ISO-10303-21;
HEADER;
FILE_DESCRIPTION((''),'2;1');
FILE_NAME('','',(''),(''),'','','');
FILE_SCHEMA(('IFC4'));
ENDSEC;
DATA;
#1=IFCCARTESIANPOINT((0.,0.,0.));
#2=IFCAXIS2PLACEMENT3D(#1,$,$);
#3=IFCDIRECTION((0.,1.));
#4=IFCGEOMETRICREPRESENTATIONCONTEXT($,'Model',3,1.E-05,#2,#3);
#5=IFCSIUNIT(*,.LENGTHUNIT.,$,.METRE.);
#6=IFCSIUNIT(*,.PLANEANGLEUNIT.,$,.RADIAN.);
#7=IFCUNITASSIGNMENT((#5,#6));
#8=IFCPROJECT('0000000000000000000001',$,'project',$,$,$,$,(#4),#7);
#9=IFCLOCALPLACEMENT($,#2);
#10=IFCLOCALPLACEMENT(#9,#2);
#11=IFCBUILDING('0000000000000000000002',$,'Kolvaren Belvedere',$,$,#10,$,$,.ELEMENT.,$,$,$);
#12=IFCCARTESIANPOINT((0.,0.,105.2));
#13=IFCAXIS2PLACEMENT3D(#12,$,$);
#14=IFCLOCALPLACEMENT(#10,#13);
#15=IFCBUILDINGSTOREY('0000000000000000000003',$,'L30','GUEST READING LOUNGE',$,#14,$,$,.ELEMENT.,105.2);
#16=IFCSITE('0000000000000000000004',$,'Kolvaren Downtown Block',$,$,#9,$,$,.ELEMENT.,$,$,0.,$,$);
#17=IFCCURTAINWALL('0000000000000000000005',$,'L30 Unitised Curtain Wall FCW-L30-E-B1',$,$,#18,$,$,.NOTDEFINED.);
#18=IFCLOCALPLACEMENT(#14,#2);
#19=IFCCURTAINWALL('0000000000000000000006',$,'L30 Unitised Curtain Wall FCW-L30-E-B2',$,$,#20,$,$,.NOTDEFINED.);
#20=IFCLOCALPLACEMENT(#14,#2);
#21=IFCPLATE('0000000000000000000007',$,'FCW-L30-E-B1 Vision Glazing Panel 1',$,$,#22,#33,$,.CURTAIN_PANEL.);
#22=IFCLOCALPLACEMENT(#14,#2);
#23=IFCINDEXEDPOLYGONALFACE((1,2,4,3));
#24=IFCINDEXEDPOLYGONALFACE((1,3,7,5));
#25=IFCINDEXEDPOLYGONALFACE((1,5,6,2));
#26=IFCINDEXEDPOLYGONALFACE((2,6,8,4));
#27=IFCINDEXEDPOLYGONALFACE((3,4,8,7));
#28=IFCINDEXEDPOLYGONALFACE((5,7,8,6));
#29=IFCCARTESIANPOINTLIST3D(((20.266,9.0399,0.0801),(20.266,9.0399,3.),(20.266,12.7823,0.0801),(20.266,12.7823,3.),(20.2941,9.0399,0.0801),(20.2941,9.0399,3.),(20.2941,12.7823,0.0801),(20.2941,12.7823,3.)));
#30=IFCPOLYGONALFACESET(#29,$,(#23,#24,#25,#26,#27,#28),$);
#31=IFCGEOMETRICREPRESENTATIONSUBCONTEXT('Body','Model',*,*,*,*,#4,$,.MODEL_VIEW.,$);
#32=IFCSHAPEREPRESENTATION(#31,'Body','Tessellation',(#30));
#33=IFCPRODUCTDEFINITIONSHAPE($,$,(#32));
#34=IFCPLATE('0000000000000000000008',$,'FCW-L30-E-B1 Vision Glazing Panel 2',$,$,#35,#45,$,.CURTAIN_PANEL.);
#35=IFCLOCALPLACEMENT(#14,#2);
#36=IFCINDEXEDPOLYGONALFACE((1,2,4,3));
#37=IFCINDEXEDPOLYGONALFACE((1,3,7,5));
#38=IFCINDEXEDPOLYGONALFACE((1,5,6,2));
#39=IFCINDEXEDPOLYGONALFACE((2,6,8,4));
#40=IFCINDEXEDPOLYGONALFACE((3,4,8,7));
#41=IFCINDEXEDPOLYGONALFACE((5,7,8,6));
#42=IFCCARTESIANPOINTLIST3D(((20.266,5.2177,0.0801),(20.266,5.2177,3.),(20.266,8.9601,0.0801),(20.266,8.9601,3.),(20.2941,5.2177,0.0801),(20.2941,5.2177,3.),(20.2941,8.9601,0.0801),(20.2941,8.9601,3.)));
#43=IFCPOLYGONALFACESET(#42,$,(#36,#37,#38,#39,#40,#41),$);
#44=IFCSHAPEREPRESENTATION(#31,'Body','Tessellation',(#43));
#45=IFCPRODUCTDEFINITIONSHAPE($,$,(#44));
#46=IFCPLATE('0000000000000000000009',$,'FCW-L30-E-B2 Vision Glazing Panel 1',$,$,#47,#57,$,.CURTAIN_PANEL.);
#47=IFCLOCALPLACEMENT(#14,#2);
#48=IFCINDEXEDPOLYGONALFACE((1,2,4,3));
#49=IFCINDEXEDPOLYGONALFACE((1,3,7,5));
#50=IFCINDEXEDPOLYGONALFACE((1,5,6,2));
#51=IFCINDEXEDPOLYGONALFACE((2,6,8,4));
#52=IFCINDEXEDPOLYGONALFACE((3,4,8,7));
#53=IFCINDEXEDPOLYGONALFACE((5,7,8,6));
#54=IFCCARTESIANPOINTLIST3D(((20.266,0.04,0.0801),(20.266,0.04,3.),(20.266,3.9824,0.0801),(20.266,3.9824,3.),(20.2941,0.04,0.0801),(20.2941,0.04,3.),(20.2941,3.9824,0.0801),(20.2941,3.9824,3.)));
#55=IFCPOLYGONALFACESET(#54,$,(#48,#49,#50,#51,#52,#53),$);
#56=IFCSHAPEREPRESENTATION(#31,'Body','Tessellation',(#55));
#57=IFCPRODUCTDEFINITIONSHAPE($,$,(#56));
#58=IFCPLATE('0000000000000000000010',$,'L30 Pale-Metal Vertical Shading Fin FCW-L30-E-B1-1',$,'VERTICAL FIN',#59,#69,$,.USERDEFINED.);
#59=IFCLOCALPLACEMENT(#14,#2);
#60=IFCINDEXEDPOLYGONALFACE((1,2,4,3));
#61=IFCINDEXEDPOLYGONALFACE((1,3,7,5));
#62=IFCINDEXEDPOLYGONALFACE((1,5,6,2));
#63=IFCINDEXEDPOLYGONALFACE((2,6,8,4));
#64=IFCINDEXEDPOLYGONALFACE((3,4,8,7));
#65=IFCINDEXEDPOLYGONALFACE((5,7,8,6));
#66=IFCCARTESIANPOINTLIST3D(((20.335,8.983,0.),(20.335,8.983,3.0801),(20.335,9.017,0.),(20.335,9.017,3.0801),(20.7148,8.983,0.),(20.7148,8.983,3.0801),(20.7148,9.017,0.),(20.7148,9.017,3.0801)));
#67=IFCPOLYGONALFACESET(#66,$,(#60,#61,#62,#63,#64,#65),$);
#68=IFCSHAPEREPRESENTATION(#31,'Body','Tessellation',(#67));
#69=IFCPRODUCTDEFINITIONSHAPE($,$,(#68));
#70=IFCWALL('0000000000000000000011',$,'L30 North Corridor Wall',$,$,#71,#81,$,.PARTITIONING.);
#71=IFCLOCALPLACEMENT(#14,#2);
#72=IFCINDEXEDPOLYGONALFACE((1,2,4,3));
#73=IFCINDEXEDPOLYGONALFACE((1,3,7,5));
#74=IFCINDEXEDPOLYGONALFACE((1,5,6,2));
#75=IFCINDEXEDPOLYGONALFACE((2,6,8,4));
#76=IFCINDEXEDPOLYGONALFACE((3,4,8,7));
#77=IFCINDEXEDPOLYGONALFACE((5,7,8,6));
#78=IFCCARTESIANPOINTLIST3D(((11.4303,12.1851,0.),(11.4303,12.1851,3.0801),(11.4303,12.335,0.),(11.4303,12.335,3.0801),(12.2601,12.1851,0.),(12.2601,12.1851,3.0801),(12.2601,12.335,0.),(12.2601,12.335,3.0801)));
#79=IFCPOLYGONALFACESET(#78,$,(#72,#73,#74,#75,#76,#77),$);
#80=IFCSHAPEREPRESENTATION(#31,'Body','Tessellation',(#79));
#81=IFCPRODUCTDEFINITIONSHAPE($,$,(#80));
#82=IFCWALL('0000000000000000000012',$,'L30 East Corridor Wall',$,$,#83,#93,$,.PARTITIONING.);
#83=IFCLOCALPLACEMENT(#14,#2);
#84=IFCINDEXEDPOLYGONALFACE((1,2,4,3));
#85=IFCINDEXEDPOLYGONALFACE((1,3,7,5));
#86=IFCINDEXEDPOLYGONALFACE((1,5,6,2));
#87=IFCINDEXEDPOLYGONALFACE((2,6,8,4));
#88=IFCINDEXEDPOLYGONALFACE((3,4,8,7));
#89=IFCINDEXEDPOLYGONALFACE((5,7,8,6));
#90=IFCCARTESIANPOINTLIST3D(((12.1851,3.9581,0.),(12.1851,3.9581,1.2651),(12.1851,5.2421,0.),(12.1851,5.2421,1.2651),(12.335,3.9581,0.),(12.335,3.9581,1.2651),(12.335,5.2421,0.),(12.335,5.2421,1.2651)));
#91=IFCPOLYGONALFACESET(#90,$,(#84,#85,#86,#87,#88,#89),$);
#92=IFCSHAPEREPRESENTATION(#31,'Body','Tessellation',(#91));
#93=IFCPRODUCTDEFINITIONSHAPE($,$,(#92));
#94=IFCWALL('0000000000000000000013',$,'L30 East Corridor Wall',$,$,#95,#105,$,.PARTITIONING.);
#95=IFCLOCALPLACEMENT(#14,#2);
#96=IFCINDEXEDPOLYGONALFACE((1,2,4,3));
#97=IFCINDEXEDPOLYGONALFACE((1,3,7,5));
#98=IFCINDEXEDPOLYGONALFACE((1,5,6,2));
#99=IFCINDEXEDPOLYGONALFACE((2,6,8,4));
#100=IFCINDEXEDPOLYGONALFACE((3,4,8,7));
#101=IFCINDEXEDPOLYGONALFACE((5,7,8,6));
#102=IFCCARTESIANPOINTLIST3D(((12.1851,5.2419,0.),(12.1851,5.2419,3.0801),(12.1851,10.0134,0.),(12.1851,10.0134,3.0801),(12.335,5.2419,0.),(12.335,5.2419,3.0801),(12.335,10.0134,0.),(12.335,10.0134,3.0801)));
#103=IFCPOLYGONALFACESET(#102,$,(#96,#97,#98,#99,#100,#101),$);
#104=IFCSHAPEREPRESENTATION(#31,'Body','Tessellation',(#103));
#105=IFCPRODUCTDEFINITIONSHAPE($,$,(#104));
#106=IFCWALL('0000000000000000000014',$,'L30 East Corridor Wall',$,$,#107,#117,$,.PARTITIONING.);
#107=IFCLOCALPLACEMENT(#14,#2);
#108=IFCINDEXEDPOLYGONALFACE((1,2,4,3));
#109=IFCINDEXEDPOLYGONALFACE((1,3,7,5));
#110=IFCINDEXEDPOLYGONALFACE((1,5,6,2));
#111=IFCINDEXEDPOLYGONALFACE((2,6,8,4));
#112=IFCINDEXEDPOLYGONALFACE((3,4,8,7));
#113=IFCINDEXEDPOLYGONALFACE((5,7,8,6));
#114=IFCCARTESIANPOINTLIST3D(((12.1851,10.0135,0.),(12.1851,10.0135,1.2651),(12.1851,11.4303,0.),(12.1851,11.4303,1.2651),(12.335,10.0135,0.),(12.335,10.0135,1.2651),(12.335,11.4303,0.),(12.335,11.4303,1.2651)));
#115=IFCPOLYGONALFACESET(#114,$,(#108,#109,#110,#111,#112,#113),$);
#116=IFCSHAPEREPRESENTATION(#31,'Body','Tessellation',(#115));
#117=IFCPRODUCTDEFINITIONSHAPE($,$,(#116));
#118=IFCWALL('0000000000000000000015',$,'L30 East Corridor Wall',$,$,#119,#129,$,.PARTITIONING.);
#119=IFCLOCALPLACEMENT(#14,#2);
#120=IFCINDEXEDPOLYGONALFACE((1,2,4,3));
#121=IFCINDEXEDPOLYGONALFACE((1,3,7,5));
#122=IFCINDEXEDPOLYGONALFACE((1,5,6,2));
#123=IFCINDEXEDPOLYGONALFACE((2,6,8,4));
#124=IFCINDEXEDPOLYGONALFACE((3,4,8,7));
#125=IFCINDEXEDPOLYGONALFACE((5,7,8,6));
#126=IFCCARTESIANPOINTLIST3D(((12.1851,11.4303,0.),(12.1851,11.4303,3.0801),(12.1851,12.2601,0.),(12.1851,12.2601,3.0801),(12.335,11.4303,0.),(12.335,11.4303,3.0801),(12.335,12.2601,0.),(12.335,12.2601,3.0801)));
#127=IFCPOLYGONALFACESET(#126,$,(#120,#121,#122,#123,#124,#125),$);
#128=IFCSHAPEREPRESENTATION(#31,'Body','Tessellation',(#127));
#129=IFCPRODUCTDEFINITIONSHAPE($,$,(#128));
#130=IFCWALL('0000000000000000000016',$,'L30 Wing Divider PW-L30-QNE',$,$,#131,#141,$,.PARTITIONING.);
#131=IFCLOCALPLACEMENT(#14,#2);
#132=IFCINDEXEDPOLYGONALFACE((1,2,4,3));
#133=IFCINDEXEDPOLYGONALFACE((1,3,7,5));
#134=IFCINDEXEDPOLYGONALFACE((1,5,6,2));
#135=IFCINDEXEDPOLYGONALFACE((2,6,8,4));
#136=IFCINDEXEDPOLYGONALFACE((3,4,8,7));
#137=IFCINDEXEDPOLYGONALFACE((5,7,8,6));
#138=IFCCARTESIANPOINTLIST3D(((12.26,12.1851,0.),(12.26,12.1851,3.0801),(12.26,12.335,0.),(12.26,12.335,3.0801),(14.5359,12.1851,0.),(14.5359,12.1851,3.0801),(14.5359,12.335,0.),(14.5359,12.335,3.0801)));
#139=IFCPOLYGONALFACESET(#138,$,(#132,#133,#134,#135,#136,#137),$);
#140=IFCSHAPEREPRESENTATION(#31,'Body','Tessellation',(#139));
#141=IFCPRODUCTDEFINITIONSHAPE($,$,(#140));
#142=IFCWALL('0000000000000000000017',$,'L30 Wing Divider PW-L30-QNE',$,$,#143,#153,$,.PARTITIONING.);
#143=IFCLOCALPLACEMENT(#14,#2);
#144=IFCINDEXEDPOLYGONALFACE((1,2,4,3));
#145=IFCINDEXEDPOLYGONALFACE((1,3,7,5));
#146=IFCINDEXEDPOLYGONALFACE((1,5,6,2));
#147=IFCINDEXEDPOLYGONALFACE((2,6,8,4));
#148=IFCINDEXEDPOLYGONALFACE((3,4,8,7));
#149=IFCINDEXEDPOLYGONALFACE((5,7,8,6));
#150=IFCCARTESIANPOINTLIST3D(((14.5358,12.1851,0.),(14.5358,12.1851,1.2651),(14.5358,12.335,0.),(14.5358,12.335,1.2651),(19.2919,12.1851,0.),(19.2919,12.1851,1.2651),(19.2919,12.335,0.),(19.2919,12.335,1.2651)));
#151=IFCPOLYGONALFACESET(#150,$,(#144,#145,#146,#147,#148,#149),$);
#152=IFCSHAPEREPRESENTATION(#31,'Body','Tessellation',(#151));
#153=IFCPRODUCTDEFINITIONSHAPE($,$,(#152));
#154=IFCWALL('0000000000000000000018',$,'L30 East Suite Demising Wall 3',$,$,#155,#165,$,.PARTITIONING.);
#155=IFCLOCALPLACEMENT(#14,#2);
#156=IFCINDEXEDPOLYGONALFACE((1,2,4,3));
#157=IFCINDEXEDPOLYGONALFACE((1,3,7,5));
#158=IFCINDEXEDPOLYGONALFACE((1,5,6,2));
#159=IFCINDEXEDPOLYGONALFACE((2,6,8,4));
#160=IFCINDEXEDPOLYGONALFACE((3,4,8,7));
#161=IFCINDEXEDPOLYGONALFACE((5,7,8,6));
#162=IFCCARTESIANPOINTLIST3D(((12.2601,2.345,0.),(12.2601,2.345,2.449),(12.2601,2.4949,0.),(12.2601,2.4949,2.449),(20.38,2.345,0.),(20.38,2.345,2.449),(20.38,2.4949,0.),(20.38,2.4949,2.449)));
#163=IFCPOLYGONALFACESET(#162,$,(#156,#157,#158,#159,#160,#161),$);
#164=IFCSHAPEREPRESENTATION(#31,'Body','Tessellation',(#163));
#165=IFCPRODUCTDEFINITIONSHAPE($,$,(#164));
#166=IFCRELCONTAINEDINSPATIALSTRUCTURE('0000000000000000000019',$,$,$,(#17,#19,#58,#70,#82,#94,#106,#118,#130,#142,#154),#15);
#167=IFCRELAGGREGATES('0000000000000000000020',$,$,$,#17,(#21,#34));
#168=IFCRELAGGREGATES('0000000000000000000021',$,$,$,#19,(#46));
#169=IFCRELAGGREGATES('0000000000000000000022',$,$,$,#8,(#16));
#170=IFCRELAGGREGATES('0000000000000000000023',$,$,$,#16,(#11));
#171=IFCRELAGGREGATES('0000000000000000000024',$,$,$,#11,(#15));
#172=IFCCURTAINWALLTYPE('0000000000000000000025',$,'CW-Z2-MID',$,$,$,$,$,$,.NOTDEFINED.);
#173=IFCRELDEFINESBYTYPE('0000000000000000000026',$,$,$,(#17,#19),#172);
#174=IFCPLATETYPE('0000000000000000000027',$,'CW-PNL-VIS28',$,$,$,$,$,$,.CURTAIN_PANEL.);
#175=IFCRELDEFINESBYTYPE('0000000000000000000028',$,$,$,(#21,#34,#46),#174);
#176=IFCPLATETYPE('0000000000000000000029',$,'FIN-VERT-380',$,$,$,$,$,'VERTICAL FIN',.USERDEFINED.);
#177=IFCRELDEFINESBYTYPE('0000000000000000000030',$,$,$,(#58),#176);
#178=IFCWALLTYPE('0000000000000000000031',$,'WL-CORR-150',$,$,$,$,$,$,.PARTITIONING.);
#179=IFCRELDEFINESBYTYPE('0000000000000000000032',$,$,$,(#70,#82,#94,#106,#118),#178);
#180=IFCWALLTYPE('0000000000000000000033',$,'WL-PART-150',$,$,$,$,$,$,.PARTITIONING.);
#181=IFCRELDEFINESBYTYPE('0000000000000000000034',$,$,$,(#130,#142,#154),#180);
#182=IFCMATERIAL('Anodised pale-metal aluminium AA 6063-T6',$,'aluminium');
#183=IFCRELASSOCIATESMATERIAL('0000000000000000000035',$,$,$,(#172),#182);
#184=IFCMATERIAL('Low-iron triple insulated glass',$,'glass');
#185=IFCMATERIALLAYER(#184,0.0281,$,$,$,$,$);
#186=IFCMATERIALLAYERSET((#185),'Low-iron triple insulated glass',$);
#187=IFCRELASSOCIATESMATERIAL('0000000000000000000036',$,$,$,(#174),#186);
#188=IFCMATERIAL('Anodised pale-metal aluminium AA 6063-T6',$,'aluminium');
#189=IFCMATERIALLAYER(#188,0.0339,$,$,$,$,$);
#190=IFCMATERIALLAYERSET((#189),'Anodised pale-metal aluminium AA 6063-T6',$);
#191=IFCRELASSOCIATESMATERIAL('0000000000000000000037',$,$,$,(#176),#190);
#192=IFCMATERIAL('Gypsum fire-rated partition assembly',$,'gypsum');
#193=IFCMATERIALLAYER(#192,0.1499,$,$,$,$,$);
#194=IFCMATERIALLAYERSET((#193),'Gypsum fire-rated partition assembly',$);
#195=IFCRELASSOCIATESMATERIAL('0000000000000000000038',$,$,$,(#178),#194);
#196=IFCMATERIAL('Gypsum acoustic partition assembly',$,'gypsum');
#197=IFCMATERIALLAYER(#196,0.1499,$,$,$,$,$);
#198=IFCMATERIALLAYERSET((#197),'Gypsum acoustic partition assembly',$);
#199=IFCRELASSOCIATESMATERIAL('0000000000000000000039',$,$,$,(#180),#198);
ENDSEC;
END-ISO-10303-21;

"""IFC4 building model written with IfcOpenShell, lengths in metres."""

from ifc_helpers import new_model, si_unit, direction, frame, frame_2d, origin, origin_2d, place, context, subcontext, project, spatial, rectangle, extrude, material, layer, layer_set, type_object, element, aggregate, save


model = new_model("IFC4")

# Units and contexts
model_context = context("Model", 3, precision=1e-05, world=origin(), true_north=direction((0.0, 1.0)))
body_context = subcontext(model_context, "Body", "Model", "MODEL_VIEW")
ifc_project = project(units=[si_unit("LENGTHUNIT", "METRE"), si_unit("PLANEANGLEUNIT", "RADIAN")], contexts=[model_context])

# Site, building, storey
site_placement = place(None, origin())
site = spatial("IfcSite", under=ifc_project, at=site_placement, Name="Kolvaren Downtown Block", CompositionType="ELEMENT", RefElevation=0.0)
building_placement = place(site_placement, origin())
building = spatial("IfcBuilding", under=site, at=building_placement, Name="Kolvaren Belvedere", CompositionType="ELEMENT")
storey_placement = place(building_placement, frame((0.0, 0.0, 105.2)))
storey = spatial("IfcBuildingStorey", under=building, at=storey_placement, Name="L30", Description="GUEST READING LOUNGE", CompositionType="ELEMENT", Elevation=105.2)

# Curtain walls
ifc_material_1 = material(Name="Anodised pale-metal aluminium AA 6063-T6", Category="aluminium")
curtain_wall_type = type_object("IfcCurtainWallType", Name="CW-Z2-MID", PredefinedType="NOTDEFINED", material=ifc_material_1)
curtain_wall_1_placement = place(storey_placement, origin())
curtain_wall_1 = element("IfcCurtainWall", 1, at=curtain_wall_1_placement, inside=storey, type_object=curtain_wall_type, Name="L30 Unitised Curtain Wall FCW-L30-E-B1", PredefinedType="NOTDEFINED")
curtain_wall_2_placement = place(storey_placement, origin())
curtain_wall_2 = element("IfcCurtainWall", 2, at=curtain_wall_2_placement, inside=storey, type_object=curtain_wall_type, Name="L30 Unitised Curtain Wall FCW-L30-E-B2", PredefinedType="NOTDEFINED")

# Plates
ifc_material_2 = material(Name="Low-iron triple insulated glass", Category="glass")
ifc_layer_1 = layer(ifc_material_2, 0.0281)
ifc_layer_set_1 = layer_set([ifc_layer_1], Name="Low-iron triple insulated glass")
plate_type_1 = type_object("IfcPlateType", Name="CW-PNL-VIS28", PredefinedType="CURTAIN_PANEL", material=ifc_layer_set_1)
plate_1_placement = place(storey_placement, frame((20.28, 10.9111, 0.0801), z_axis=(0.0, 0.0, 1.0), x_axis=(0.0, -1.0, 0.0)))
plate_1 = element("IfcPlate", 3, at=plate_1_placement, type_object=plate_type_1, Name="FCW-L30-E-B1 Vision Glazing Panel 1", PredefinedType="CURTAIN_PANEL", context=body_context, shape_type="SweptSolid", body=[
    extrude(rectangle(XDim=3.7424, YDim=0.0281, at=origin_2d()), origin(), (0.0, 0.0, 1.0), 2.9199),
])
plate_2_placement = place(storey_placement, frame((20.28, 7.0889, 0.0801), z_axis=(0.0, 0.0, 1.0), x_axis=(0.0, -1.0, 0.0)))
plate_2 = element("IfcPlate", 4, at=plate_2_placement, type_object=plate_type_1, Name="FCW-L30-E-B1 Vision Glazing Panel 2", PredefinedType="CURTAIN_PANEL", context=body_context, shape_type="SweptSolid", body=[
    extrude(rectangle(XDim=3.7424, YDim=0.0281, at=origin_2d()), origin(), (0.0, 0.0, 1.0), 2.9199),
])
aggregate(curtain_wall_1, [plate_1, plate_2])
plate_3_placement = place(storey_placement, frame((20.28, 2.0112, 0.0801), z_axis=(0.0, 0.0, 1.0), x_axis=(0.0, -1.0, 0.0)))
plate_3 = element("IfcPlate", 5, at=plate_3_placement, type_object=plate_type_1, Name="FCW-L30-E-B2 Vision Glazing Panel 1", PredefinedType="CURTAIN_PANEL", context=body_context, shape_type="SweptSolid", body=[
    extrude(rectangle(XDim=3.9424, YDim=0.0281, at=origin_2d()), origin(), (0.0, 0.0, 1.0), 2.9199),
])
aggregate(curtain_wall_2, [plate_3])
ifc_material_3 = material(Name="Anodised pale-metal aluminium AA 6063-T6", Category="aluminium")
ifc_layer_2 = layer(ifc_material_3, 0.0339)
ifc_layer_set_2 = layer_set([ifc_layer_2], Name="Anodised pale-metal aluminium AA 6063-T6")
plate_type_2 = type_object("IfcPlateType", Name="FIN-VERT-380", ElementType="VERTICAL FIN", PredefinedType="USERDEFINED", material=ifc_layer_set_2)
plate_4_placement = place(storey_placement, frame((20.5249, 9.0, 0.0), z_axis=(0.0, 0.0, 1.0), x_axis=(1.0, 0.0, 0.0)))
element("IfcPlate", 6, at=plate_4_placement, inside=storey, type_object=plate_type_2, Name="L30 Pale-Metal Vertical Shading Fin FCW-L30-E-B1-1", ObjectType="VERTICAL FIN", PredefinedType="USERDEFINED", context=body_context, shape_type="SweptSolid", body=[
    extrude(rectangle(XDim=0.3799, YDim=0.0339, at=origin_2d()), origin(), (0.0, 0.0, 1.0), 3.0801),
])

# Walls
ifc_material_4 = material(Name="Gypsum fire-rated partition assembly", Category="gypsum")
ifc_layer_3 = layer(ifc_material_4, 0.1499)
ifc_layer_set_3 = layer_set([ifc_layer_3], Name="Gypsum fire-rated partition assembly")
wall_type_1 = type_object("IfcWallType", Name="WL-CORR-150", PredefinedType="PARTITIONING", material=ifc_layer_set_3)
wall_1_placement = place(storey_placement, frame((11.4302, 12.26, 0.0), z_axis=(0.0, 0.0, 1.0), x_axis=(1.0, 0.0, 0.0)))
element("IfcWall", 7, at=wall_1_placement, inside=storey, type_object=wall_type_1, Name="L30 North Corridor Wall", PredefinedType="PARTITIONING", context=body_context, shape_type="SweptSolid", body=[
    extrude(rectangle(XDim=0.8298, YDim=0.1499, at=frame_2d((0.415, 0.0))), origin(), (0.0, 0.0, 1.0), 3.0801),
])
wall_2_placement = place(storey_placement, frame((12.26, 3.958, 0.0), z_axis=(0.0, 0.0, 1.0), x_axis=(0.0, 1.0, 0.0)))
element("IfcWall", 8, at=wall_2_placement, inside=storey, type_object=wall_type_1, Name="L30 East Corridor Wall", PredefinedType="PARTITIONING", context=body_context, shape_type="SweptSolid", body=[
    extrude(rectangle(XDim=1.2839, YDim=0.1499, at=frame_2d((0.6421, 0.0))), origin(), (0.0, 0.0, 1.0), 1.2651),
])
wall_3_placement = place(storey_placement, frame((12.26, 5.2419, 0.0), z_axis=(0.0, 0.0, 1.0), x_axis=(0.0, 1.0, 0.0)))
element("IfcWall", 9, at=wall_3_placement, inside=storey, type_object=wall_type_1, Name="L30 East Corridor Wall", PredefinedType="PARTITIONING", context=body_context, shape_type="SweptSolid", body=[
    extrude(rectangle(XDim=4.7715, YDim=0.1499, at=frame_2d((2.3857, 0.0))), origin(), (0.0, 0.0, 1.0), 3.0801),
])
wall_4_placement = place(storey_placement, frame((12.26, 10.0134, 0.0), z_axis=(0.0, 0.0, 1.0), x_axis=(0.0, 1.0, 0.0)))
element("IfcWall", 10, at=wall_4_placement, inside=storey, type_object=wall_type_1, Name="L30 East Corridor Wall", PredefinedType="PARTITIONING", context=body_context, shape_type="SweptSolid", body=[
    extrude(rectangle(XDim=1.4167, YDim=0.1499, at=frame_2d((0.7085, 0.0))), origin(), (0.0, 0.0, 1.0), 1.2651),
])
wall_5_placement = place(storey_placement, frame((12.26, 11.4302, 0.0), z_axis=(0.0, 0.0, 1.0), x_axis=(0.0, 1.0, 0.0)))
element("IfcWall", 11, at=wall_5_placement, inside=storey, type_object=wall_type_1, Name="L30 East Corridor Wall", PredefinedType="PARTITIONING", context=body_context, shape_type="SweptSolid", body=[
    extrude(rectangle(XDim=0.8298, YDim=0.1499, at=frame_2d((0.415, 0.0))), origin(), (0.0, 0.0, 1.0), 3.0801),
])
ifc_material_5 = material(Name="Gypsum acoustic partition assembly", Category="gypsum")
ifc_layer_4 = layer(ifc_material_5, 0.1499)
ifc_layer_set_4 = layer_set([ifc_layer_4], Name="Gypsum acoustic partition assembly")
wall_type_2 = type_object("IfcWallType", Name="WL-PART-150", PredefinedType="PARTITIONING", material=ifc_layer_set_4)
wall_6_placement = place(storey_placement, frame((12.26, 12.26, 0.0), z_axis=(0.0, 0.0, 1.0), x_axis=(1.0, 0.0, 0.0)))
element("IfcWall", 12, at=wall_6_placement, inside=storey, type_object=wall_type_2, Name="L30 Wing Divider PW-L30-QNE", PredefinedType="PARTITIONING", context=body_context, shape_type="SweptSolid", body=[
    extrude(rectangle(XDim=2.2759, YDim=0.1499, at=frame_2d((1.1379, 0.0))), origin(), (0.0, 0.0, 1.0), 3.0801),
])
wall_7_placement = place(storey_placement, frame((14.5359, 12.26, 0.0), z_axis=(0.0, 0.0, 1.0), x_axis=(1.0, 0.0, 0.0)))
element("IfcWall", 13, at=wall_7_placement, inside=storey, type_object=wall_type_2, Name="L30 Wing Divider PW-L30-QNE", PredefinedType="PARTITIONING", context=body_context, shape_type="SweptSolid", body=[
    extrude(rectangle(XDim=4.7561, YDim=0.1499, at=frame_2d((2.3779, 0.0))), origin(), (0.0, 0.0, 1.0), 1.2651),
])
wall_8_placement = place(storey_placement, frame((12.26, 2.4199, 0.0), z_axis=(0.0, 0.0, 1.0), x_axis=(1.0, 0.0, 0.0)))
element("IfcWall", 14, at=wall_8_placement, inside=storey, type_object=wall_type_2, Name="L30 East Suite Demising Wall 3", PredefinedType="PARTITIONING", context=body_context, shape_type="SweptSolid", body=[
    extrude(rectangle(XDim=8.1199, YDim=0.1499, at=frame_2d((4.0601, 0.0))), origin(), (0.0, 0.0, 1.0), 2.449),
])

save(model, "model.ifc")
